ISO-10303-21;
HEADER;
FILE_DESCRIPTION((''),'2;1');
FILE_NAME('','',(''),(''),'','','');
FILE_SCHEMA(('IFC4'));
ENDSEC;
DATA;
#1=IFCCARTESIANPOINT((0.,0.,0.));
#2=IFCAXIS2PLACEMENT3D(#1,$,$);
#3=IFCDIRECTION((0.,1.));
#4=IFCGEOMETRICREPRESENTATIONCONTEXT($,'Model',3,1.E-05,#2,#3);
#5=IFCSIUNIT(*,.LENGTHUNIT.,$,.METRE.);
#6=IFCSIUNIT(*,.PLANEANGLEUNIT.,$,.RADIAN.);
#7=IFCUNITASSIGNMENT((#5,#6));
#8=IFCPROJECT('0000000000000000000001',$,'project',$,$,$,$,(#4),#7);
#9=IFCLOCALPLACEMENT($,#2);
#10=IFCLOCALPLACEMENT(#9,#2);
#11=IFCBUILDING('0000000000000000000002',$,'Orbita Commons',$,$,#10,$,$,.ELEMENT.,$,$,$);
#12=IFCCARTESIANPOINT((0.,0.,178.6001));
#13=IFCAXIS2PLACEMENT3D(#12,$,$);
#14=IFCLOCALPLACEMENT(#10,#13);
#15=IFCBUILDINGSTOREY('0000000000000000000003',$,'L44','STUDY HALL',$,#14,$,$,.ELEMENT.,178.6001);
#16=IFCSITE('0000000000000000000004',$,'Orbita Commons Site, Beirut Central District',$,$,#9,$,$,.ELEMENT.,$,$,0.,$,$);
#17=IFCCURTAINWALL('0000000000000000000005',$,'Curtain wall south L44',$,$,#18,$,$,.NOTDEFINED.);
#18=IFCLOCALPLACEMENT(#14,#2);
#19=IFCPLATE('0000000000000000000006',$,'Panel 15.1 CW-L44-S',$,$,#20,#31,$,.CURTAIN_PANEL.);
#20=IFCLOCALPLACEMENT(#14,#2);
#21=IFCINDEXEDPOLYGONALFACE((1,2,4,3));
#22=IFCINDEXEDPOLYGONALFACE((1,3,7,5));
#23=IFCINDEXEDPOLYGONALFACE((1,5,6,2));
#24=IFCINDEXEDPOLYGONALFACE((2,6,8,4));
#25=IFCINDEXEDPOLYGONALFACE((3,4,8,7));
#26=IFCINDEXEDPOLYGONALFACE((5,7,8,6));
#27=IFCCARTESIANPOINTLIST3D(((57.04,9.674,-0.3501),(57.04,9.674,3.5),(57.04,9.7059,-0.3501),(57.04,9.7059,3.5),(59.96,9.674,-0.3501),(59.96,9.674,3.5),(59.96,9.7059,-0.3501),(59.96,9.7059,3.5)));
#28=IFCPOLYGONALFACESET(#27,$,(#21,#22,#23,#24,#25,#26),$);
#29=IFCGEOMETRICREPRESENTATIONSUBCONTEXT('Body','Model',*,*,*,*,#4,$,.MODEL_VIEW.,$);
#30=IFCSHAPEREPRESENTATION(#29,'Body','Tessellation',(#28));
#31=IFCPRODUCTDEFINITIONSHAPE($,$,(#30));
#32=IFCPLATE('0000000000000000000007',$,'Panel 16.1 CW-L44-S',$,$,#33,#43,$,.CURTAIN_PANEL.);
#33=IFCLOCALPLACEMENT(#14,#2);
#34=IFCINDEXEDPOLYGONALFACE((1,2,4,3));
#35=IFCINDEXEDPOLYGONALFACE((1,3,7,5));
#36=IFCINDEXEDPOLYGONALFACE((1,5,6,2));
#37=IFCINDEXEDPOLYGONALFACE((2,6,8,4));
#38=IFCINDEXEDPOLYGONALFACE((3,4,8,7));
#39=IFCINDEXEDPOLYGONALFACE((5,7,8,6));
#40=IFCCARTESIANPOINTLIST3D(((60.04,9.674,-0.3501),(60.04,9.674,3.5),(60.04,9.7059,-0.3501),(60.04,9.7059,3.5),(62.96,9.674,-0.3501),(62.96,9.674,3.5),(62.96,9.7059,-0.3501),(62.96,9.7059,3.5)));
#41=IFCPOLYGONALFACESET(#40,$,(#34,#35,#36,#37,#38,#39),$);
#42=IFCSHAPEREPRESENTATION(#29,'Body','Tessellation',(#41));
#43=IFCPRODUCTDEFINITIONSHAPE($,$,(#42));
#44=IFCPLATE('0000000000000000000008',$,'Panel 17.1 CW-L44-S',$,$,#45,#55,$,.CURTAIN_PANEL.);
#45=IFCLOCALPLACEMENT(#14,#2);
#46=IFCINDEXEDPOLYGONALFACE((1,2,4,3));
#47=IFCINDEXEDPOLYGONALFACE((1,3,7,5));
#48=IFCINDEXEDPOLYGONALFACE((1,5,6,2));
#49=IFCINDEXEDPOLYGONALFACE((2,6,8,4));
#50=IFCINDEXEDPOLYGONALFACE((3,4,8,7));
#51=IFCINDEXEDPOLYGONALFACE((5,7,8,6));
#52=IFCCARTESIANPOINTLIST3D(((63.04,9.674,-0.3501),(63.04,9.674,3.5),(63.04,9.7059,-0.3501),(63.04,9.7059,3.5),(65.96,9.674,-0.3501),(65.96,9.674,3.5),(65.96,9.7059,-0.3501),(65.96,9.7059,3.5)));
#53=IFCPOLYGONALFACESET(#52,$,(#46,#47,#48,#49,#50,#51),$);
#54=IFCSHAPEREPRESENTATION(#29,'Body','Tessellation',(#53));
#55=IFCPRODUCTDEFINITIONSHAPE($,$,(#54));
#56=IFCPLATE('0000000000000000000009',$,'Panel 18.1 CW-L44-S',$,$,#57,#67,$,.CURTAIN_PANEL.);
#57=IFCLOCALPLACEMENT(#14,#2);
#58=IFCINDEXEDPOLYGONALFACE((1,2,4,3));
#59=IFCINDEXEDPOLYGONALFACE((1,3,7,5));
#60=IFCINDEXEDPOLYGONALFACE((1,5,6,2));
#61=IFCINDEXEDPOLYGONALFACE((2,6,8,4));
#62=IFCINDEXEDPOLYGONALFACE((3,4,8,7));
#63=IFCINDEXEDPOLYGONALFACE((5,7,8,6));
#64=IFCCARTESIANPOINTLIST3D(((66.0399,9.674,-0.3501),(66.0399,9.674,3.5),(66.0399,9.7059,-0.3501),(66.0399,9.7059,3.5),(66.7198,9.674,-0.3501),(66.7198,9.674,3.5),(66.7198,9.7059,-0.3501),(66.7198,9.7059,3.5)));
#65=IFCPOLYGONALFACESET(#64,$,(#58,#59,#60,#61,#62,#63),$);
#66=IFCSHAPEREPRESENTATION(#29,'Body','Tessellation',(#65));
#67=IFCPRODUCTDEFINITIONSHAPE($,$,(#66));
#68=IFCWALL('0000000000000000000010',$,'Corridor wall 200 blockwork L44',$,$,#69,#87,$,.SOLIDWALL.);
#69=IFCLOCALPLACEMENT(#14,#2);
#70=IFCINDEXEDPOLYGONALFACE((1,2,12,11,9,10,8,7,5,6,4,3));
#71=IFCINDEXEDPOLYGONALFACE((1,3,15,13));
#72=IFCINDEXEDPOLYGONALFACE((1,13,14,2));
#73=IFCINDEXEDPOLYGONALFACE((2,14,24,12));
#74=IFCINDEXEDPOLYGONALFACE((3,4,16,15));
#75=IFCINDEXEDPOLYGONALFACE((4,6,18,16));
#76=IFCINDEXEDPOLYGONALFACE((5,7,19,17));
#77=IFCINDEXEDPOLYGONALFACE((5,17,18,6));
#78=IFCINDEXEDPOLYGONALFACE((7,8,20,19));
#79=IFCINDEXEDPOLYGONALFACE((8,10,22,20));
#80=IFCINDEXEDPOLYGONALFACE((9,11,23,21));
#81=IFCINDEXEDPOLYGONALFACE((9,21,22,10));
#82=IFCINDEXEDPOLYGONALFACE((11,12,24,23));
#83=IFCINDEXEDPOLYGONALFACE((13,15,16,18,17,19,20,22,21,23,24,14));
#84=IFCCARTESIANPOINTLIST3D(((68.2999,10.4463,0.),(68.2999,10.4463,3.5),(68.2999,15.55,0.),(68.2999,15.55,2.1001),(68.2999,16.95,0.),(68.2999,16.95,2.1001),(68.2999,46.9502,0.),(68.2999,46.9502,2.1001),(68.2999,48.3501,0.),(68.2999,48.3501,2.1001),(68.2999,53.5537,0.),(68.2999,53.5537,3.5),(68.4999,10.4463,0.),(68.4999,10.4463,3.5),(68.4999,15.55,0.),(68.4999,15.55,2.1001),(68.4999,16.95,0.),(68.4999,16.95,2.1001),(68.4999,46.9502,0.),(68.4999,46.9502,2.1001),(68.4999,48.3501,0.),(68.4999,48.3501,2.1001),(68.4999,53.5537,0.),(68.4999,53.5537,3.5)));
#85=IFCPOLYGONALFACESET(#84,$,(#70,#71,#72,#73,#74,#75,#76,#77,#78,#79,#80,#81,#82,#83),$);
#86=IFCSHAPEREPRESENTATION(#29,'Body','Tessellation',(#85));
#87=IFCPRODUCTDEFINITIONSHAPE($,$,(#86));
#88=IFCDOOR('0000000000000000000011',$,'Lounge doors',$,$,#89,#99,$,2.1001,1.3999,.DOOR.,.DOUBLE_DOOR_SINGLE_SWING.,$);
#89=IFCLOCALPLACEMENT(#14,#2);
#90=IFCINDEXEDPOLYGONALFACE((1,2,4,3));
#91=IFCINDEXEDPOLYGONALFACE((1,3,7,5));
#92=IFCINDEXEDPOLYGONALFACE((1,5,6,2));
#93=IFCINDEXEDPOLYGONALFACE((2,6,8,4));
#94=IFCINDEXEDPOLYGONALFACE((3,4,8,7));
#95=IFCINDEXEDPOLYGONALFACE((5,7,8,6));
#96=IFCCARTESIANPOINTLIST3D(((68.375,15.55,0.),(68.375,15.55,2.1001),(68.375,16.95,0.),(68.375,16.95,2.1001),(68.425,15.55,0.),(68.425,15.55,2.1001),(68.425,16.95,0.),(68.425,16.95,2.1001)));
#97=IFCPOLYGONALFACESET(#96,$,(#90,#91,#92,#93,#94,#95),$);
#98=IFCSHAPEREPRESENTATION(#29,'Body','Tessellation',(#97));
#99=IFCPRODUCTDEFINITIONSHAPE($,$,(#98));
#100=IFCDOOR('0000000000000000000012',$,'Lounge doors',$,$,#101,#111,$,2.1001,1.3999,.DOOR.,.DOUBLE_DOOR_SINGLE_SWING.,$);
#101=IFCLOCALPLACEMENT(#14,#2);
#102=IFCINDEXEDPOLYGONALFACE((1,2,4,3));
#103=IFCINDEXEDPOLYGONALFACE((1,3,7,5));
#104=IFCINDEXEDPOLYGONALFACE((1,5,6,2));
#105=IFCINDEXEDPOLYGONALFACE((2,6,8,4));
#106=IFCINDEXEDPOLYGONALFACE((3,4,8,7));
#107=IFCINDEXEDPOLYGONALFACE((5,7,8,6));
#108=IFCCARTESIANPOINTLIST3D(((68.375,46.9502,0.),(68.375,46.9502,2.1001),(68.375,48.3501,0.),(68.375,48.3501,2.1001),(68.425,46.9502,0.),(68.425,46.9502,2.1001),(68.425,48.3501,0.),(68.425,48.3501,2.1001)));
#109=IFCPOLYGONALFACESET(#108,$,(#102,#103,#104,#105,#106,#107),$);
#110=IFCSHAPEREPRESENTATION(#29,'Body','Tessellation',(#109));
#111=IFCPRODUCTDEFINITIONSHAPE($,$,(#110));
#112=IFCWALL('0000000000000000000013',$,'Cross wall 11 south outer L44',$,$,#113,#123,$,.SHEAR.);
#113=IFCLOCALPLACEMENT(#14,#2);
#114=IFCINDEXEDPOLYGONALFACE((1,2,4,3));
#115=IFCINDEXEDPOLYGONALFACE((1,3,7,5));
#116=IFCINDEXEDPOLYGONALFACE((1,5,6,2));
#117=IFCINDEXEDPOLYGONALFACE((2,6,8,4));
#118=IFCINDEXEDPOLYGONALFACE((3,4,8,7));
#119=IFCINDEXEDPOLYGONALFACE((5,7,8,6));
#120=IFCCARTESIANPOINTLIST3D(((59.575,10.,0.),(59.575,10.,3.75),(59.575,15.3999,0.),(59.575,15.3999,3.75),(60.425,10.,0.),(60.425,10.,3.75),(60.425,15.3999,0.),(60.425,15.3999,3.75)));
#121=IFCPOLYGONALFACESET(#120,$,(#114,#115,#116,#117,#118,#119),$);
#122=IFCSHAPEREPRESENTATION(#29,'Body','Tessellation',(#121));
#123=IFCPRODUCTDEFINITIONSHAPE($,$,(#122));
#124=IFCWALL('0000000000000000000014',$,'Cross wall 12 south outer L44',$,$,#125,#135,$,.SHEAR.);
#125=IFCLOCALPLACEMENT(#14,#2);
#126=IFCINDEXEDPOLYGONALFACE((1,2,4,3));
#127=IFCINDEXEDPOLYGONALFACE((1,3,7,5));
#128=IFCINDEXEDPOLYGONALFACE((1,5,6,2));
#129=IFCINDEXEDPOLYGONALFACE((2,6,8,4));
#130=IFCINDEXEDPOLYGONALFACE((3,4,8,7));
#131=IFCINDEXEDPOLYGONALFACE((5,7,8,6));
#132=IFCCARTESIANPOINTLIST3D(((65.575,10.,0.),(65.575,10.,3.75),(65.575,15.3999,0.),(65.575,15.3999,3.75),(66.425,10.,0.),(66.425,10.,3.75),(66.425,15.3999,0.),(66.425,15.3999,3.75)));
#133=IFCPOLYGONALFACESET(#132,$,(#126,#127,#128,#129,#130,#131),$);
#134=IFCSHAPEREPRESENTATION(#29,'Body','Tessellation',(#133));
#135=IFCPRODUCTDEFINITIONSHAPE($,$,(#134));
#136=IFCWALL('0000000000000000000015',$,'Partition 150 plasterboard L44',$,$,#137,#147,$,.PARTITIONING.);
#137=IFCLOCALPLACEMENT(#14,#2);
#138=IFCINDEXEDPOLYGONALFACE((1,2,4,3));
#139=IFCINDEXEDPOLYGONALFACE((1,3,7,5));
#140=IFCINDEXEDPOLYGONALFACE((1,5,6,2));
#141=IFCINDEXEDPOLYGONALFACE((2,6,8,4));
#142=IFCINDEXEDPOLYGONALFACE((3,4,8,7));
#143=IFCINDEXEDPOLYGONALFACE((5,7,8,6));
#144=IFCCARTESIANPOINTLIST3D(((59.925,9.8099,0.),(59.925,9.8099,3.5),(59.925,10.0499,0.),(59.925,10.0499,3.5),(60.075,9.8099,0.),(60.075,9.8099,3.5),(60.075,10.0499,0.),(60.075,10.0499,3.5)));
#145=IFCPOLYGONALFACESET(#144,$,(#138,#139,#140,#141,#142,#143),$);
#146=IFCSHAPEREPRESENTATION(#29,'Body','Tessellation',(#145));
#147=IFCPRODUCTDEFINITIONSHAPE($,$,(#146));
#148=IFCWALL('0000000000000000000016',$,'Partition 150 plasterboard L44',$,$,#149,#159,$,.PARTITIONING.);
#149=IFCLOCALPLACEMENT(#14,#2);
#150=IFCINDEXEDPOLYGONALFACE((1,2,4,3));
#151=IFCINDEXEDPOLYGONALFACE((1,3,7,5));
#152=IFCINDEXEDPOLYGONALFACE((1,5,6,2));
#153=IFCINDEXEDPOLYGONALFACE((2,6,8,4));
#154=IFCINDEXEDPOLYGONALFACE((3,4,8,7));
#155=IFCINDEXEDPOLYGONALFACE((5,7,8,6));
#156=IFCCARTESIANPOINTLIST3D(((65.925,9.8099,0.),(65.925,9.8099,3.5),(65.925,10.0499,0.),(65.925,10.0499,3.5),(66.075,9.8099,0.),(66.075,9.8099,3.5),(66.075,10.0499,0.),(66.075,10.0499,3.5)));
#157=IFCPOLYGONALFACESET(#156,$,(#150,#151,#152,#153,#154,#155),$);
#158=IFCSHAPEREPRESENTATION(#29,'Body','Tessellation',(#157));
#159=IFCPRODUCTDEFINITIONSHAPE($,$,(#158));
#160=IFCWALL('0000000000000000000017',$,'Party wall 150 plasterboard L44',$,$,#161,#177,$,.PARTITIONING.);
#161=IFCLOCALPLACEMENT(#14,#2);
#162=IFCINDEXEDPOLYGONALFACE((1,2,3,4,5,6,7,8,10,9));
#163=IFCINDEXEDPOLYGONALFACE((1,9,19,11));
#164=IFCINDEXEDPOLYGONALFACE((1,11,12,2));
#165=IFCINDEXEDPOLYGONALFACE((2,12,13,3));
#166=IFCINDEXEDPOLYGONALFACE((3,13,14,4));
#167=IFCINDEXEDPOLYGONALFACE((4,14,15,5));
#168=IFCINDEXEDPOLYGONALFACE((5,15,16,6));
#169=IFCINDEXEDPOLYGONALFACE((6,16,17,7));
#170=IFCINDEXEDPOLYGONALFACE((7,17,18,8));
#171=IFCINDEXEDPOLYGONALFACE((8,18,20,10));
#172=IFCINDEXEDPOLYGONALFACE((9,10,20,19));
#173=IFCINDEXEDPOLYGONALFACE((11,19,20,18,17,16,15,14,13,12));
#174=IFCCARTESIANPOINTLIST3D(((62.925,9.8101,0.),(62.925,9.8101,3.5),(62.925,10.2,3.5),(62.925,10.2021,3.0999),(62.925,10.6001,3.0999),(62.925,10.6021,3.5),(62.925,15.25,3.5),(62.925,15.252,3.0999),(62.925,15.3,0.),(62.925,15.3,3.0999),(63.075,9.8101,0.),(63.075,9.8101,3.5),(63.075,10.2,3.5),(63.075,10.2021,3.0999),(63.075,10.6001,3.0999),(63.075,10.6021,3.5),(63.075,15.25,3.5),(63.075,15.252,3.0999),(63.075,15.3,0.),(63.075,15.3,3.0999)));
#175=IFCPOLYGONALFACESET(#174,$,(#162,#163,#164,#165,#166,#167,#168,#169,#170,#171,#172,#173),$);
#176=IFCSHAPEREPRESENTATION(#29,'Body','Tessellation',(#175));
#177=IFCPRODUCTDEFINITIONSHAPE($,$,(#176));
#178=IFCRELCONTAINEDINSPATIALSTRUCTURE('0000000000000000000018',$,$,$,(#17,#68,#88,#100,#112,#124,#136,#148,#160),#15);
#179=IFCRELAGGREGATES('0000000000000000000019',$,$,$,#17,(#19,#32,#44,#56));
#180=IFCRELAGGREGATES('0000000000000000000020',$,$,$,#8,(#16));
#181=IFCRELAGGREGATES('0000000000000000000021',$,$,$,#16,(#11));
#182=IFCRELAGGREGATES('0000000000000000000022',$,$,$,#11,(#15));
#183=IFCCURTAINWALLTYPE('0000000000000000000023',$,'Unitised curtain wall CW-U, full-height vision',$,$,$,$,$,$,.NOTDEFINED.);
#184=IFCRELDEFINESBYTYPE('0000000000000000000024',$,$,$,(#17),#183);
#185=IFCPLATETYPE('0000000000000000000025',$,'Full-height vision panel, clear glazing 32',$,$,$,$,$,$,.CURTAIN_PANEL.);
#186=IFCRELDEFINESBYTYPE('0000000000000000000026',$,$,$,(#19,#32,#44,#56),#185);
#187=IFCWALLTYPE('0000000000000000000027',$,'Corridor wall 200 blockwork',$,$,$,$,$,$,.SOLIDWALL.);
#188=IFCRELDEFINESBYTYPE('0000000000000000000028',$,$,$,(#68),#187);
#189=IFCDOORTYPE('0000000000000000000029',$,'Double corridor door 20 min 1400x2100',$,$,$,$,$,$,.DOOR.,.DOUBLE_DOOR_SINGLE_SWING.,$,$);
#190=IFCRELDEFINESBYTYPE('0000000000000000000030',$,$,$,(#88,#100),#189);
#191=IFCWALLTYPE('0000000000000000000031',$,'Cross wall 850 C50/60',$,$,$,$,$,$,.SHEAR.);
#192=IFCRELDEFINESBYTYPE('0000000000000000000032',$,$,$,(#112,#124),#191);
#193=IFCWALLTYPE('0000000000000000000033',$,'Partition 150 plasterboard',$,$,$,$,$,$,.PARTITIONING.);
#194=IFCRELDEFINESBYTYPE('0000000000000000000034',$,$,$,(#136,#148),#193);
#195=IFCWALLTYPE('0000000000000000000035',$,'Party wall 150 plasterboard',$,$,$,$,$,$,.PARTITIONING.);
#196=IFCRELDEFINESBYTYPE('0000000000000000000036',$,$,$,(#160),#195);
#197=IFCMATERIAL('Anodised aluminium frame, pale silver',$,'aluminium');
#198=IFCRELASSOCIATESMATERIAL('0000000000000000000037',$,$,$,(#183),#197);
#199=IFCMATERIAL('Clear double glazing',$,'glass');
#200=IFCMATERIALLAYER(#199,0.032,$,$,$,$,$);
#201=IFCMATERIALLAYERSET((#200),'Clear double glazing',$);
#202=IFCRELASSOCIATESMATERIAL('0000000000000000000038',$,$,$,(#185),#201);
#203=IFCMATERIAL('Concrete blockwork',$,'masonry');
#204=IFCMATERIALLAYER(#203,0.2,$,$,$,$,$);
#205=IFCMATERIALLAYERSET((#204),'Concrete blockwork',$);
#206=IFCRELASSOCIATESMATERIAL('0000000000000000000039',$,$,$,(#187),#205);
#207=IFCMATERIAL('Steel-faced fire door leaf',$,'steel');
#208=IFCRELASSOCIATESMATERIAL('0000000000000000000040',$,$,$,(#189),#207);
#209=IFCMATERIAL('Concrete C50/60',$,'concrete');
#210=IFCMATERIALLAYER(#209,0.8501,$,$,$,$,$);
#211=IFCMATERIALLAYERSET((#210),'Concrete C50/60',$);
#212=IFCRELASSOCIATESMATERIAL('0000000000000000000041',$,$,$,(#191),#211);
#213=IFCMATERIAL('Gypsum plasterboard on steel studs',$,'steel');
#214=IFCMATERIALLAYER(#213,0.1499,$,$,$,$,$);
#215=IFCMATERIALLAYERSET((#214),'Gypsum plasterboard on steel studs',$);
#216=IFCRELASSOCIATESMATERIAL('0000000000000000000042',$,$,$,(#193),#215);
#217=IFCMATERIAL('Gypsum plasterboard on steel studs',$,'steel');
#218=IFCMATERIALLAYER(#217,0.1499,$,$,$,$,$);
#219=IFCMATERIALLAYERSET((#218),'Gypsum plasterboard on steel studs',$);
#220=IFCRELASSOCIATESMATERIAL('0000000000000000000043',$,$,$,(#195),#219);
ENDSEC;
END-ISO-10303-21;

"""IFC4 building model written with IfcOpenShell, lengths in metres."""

from ifc_helpers import new_model, si_unit, direction, frame, frame_2d, origin, origin_2d, place, context, subcontext, project, spatial, polyline, rectangle, outline, extrude, material, layer, layer_set, type_object, element, fill, aggregate, save


model = new_model("IFC4")

# Units and contexts
model_context = context("Model", 3, precision=1e-05, world=origin(), true_north=direction((0.0, 1.0)))
body_context = subcontext(model_context, "Body", "Model", "MODEL_VIEW")
ifc_project = project(units=[si_unit("LENGTHUNIT", "METRE"), si_unit("PLANEANGLEUNIT", "RADIAN")], contexts=[model_context])

# Site, building, storey
site_placement = place(None, origin())
site = spatial("IfcSite", under=ifc_project, at=site_placement, Name="Orbita Commons Site, Beirut Central District", CompositionType="ELEMENT", RefElevation=0.0)
building_placement = place(site_placement, origin())
building = spatial("IfcBuilding", under=site, at=building_placement, Name="Orbita Commons", CompositionType="ELEMENT")
storey_placement = place(building_placement, frame((0.0, 0.0, 178.6001)))
storey = spatial("IfcBuildingStorey", under=building, at=storey_placement, Name="L44", Description="STUDY HALL", CompositionType="ELEMENT", Elevation=178.6001)

# Curtain wall
ifc_material_1 = material(Name="Anodised aluminium frame, pale silver", Category="aluminium")
curtain_wall_type = type_object("IfcCurtainWallType", Name="Unitised curtain wall CW-U, full-height vision", PredefinedType="NOTDEFINED", material=ifc_material_1)
curtain_wall_placement = place(storey_placement, origin())
curtain_wall = element("IfcCurtainWall", 1, at=curtain_wall_placement, inside=storey, type_object=curtain_wall_type, Name="Curtain wall south L44", PredefinedType="NOTDEFINED")

# Plates
ifc_material_2 = material(Name="Clear double glazing", Category="glass")
ifc_layer_1 = layer(ifc_material_2, 0.032)
ifc_layer_set_1 = layer_set([ifc_layer_1], Name="Clear double glazing")
plate_type = type_object("IfcPlateType", Name="Full-height vision panel, clear glazing 32", PredefinedType="CURTAIN_PANEL", material=ifc_layer_set_1)
plate_1_placement = place(storey_placement, frame((58.5, 9.6899, -0.3501), z_axis=(0.0, 0.0, 1.0), x_axis=(1.0, 0.0, 0.0)))
plate_1 = element("IfcPlate", 2, at=plate_1_placement, type_object=plate_type, Name="Panel 15.1 CW-L44-S", PredefinedType="CURTAIN_PANEL", context=body_context, shape_type="SweptSolid", body=[
    extrude(rectangle(XDim=2.9199, YDim=0.032, at=origin_2d()), origin(), (0.0, 0.0, 1.0), 3.8501),
])
plate_2_placement = place(storey_placement, frame((61.5, 9.6899, -0.3501), z_axis=(0.0, 0.0, 1.0), x_axis=(1.0, 0.0, 0.0)))
plate_2 = element("IfcPlate", 3, at=plate_2_placement, type_object=plate_type, Name="Panel 16.1 CW-L44-S", PredefinedType="CURTAIN_PANEL", context=body_context, shape_type="SweptSolid", body=[
    extrude(rectangle(XDim=2.9199, YDim=0.032, at=origin_2d()), origin(), (0.0, 0.0, 1.0), 3.8501),
])
plate_3_placement = place(storey_placement, frame((64.5, 9.6899, -0.3501), z_axis=(0.0, 0.0, 1.0), x_axis=(1.0, 0.0, 0.0)))
plate_3 = element("IfcPlate", 4, at=plate_3_placement, type_object=plate_type, Name="Panel 17.1 CW-L44-S", PredefinedType="CURTAIN_PANEL", context=body_context, shape_type="SweptSolid", body=[
    extrude(rectangle(XDim=2.9199, YDim=0.032, at=origin_2d()), origin(), (0.0, 0.0, 1.0), 3.8501),
])
plate_4_placement = place(storey_placement, frame((66.3799, 9.6899, -0.3501), z_axis=(0.0, 0.0, 1.0), x_axis=(1.0, 0.0, 0.0)))
plate_4 = element("IfcPlate", 5, at=plate_4_placement, type_object=plate_type, Name="Panel 18.1 CW-L44-S", PredefinedType="CURTAIN_PANEL", context=body_context, shape_type="SweptSolid", body=[
    extrude(rectangle(XDim=0.6799, YDim=0.032, at=origin_2d()), origin(), (0.0, 0.0, 1.0), 3.8501),
])
aggregate(curtain_wall, [plate_1, plate_2, plate_3, plate_4])

# Wall, openings, doors
ifc_material_3 = material(Name="Concrete blockwork", Category="masonry")
ifc_layer_2 = layer(ifc_material_3, 0.2)
ifc_layer_set_2 = layer_set([ifc_layer_2], Name="Concrete blockwork")
wall_type_1 = type_object("IfcWallType", Name="Corridor wall 200 blockwork", PredefinedType="SOLIDWALL", material=ifc_layer_set_2)
wall_1_placement = place(storey_placement, frame((68.3999, 10.4463, 0.0), z_axis=(0.0, 0.0, 1.0), x_axis=(0.0, 1.0, 0.0)))
wall_1 = element("IfcWall", 6, at=wall_1_placement, inside=storey, type_object=wall_type_1, Name="Corridor wall 200 blockwork L44", PredefinedType="SOLIDWALL", context=body_context, shape_type="SweptSolid", body=[
    extrude(rectangle(XDim=43.1074, YDim=0.2, at=frame_2d((21.5537, 0.0))), origin(), (0.0, 0.0, 1.0), 3.5),
])
opening_1_placement = place(wall_1_placement, frame((5.1038, 0.0, 0.0)))
opening_1 = element("IfcOpeningElement", 7, at=opening_1_placement, cuts=wall_1, PredefinedType="OPENING", context=body_context, shape_type="SweptSolid", body=[
    extrude(rectangle(XDim=1.3999, YDim=2.1001, at=frame_2d((0.7, 1.05))), frame((0.0, 0.1099, 0.0), z_axis=(0.0, -1.0, 0.0), x_axis=(1.0, 0.0, 0.0)), (0.0, 0.0, 1.0), 0.22),
])
opening_2_placement = place(wall_1_placement, frame((36.5039, 0.0, 0.0)))
opening_2 = element("IfcOpeningElement", 8, at=opening_2_placement, cuts=wall_1, PredefinedType="OPENING", context=body_context, shape_type="SweptSolid", body=[
    extrude(rectangle(XDim=1.3999, YDim=2.1001, at=frame_2d((0.7, 1.05))), frame((0.0, 0.1099, 0.0), z_axis=(0.0, -1.0, 0.0), x_axis=(1.0, 0.0, 0.0)), (0.0, 0.0, 1.0), 0.22),
])
ifc_material_4 = material(Name="Steel-faced fire door leaf", Category="steel")
door_type = type_object("IfcDoorType", Name="Double corridor door 20 min 1400x2100", OperationType="DOUBLE_DOOR_SINGLE_SWING", PredefinedType="DOOR", material=ifc_material_4)
door_1_placement = place(opening_1_placement, origin())
door_1 = element("IfcDoor", 9, at=door_1_placement, inside=storey, type_object=door_type, Name="Lounge doors", OperationType="DOUBLE_DOOR_SINGLE_SWING", OverallHeight=2.1001, OverallWidth=1.3999, PredefinedType="DOOR", context=body_context, shape_type="SweptSolid", body=[
    extrude(rectangle(XDim=1.3999, YDim=2.1001, at=frame_2d((0.7, 1.05))), frame((0.0, 0.0249, 0.0), z_axis=(0.0, -1.0, 0.0), x_axis=(1.0, 0.0, 0.0)), (0.0, 0.0, 1.0), 0.05),
])
fill(opening_1, door_1)
door_2_placement = place(opening_2_placement, origin())
door_2 = element("IfcDoor", 10, at=door_2_placement, inside=storey, type_object=door_type, Name="Lounge doors", OperationType="DOUBLE_DOOR_SINGLE_SWING", OverallHeight=2.1001, OverallWidth=1.3999, PredefinedType="DOOR", context=body_context, shape_type="SweptSolid", body=[
    extrude(rectangle(XDim=1.3999, YDim=2.1001, at=frame_2d((0.7, 1.05))), frame((0.0, 0.0249, 0.0), z_axis=(0.0, -1.0, 0.0), x_axis=(1.0, 0.0, 0.0)), (0.0, 0.0, 1.0), 0.05),
])
fill(opening_2, door_2)

# Walls
ifc_material_5 = material(Name="Concrete C50/60", Category="concrete")
ifc_layer_3 = layer(ifc_material_5, 0.8501)
ifc_layer_set_3 = layer_set([ifc_layer_3], Name="Concrete C50/60")
wall_type_2 = type_object("IfcWallType", Name="Cross wall 850 C50/60", PredefinedType="SHEAR", material=ifc_layer_set_3)
for number, where, z_axis, x_axis, name in (
    (11, (60.0, 10.0, 0.0), (0.0, 0.0, 1.0), (0.0, 1.0, 0.0), "Cross wall 11 south outer L44"),
    (12, (66.0, 10.0, 0.0), (0.0, 0.0, 1.0), (0.0, 1.0, 0.0), "Cross wall 12 south outer L44"),
):
    element("IfcWall", number, at=place(storey_placement, frame(where, z_axis=z_axis, x_axis=x_axis)), inside=storey, type_object=wall_type_2, Name=name, PredefinedType="SHEAR", context=body_context, shape_type="SweptSolid", body=[
        extrude(rectangle(XDim=5.3999, YDim=0.8501, at=frame_2d((2.7, 0.0))), origin(), (0.0, 0.0, 1.0), 3.75),
    ])
ifc_material_6 = material(Name="Gypsum plasterboard on steel studs", Category="steel")
ifc_layer_4 = layer(ifc_material_6, 0.1499)
ifc_layer_set_4 = layer_set([ifc_layer_4], Name="Gypsum plasterboard on steel studs")
wall_type_3 = type_object("IfcWallType", Name="Partition 150 plasterboard", PredefinedType="PARTITIONING", material=ifc_layer_set_4)
for number, where, z_axis, x_axis, name in (
    (13, (60.0, 10.05, 0.0), (0.0, 0.0, 1.0), (0.0, -1.0, 0.0), "Partition 150 plasterboard L44"),
    (14, (66.0, 10.05, 0.0), (0.0, 0.0, 1.0), (0.0, -1.0, 0.0), "Partition 150 plasterboard L44"),
):
    element("IfcWall", number, at=place(storey_placement, frame(where, z_axis=z_axis, x_axis=x_axis)), inside=storey, type_object=wall_type_3, Name=name, PredefinedType="PARTITIONING", context=body_context, shape_type="SweptSolid", body=[
        extrude(rectangle(XDim=0.24, YDim=0.1499, at=frame_2d((0.1201, 0.0))), origin(), (0.0, 0.0, 1.0), 3.5),
    ])
ifc_material_7 = material(Name="Gypsum plasterboard on steel studs", Category="steel")
ifc_layer_5 = layer(ifc_material_7, 0.1499)
ifc_layer_set_5 = layer_set([ifc_layer_5], Name="Gypsum plasterboard on steel studs")
wall_type_4 = type_object("IfcWallType", Name="Party wall 150 plasterboard", PredefinedType="PARTITIONING", material=ifc_layer_set_5)
wall_2_placement = place(storey_placement, frame((63.0, 9.8101, 0.0), z_axis=(0.0, 0.0, 1.0), x_axis=(0.0, 1.0, 0.0)))
element("IfcWall", 15, at=wall_2_placement, inside=storey, type_object=wall_type_4, Name="Party wall 150 plasterboard L44", PredefinedType="PARTITIONING", context=body_context, shape_type="SweptSolid", body=[
    extrude(outline(polyline([(0.0, 0.0), (5.49, 0.0), (5.49, 3.0999), (5.4419, 3.0999), (5.4399, 3.5), (0.792, 3.5), (0.79, 3.0999), (0.3921, 3.0999), (0.3899, 3.5), (0.0, 3.5), (0.0, 0.0)])), frame((0.0, 0.075, 0.0), z_axis=(0.0, -1.0, 0.0), x_axis=(1.0, 0.0, 0.0)), (0.0, 0.0, 1.0), 0.1499),
])

save(model, "model.ifc")
